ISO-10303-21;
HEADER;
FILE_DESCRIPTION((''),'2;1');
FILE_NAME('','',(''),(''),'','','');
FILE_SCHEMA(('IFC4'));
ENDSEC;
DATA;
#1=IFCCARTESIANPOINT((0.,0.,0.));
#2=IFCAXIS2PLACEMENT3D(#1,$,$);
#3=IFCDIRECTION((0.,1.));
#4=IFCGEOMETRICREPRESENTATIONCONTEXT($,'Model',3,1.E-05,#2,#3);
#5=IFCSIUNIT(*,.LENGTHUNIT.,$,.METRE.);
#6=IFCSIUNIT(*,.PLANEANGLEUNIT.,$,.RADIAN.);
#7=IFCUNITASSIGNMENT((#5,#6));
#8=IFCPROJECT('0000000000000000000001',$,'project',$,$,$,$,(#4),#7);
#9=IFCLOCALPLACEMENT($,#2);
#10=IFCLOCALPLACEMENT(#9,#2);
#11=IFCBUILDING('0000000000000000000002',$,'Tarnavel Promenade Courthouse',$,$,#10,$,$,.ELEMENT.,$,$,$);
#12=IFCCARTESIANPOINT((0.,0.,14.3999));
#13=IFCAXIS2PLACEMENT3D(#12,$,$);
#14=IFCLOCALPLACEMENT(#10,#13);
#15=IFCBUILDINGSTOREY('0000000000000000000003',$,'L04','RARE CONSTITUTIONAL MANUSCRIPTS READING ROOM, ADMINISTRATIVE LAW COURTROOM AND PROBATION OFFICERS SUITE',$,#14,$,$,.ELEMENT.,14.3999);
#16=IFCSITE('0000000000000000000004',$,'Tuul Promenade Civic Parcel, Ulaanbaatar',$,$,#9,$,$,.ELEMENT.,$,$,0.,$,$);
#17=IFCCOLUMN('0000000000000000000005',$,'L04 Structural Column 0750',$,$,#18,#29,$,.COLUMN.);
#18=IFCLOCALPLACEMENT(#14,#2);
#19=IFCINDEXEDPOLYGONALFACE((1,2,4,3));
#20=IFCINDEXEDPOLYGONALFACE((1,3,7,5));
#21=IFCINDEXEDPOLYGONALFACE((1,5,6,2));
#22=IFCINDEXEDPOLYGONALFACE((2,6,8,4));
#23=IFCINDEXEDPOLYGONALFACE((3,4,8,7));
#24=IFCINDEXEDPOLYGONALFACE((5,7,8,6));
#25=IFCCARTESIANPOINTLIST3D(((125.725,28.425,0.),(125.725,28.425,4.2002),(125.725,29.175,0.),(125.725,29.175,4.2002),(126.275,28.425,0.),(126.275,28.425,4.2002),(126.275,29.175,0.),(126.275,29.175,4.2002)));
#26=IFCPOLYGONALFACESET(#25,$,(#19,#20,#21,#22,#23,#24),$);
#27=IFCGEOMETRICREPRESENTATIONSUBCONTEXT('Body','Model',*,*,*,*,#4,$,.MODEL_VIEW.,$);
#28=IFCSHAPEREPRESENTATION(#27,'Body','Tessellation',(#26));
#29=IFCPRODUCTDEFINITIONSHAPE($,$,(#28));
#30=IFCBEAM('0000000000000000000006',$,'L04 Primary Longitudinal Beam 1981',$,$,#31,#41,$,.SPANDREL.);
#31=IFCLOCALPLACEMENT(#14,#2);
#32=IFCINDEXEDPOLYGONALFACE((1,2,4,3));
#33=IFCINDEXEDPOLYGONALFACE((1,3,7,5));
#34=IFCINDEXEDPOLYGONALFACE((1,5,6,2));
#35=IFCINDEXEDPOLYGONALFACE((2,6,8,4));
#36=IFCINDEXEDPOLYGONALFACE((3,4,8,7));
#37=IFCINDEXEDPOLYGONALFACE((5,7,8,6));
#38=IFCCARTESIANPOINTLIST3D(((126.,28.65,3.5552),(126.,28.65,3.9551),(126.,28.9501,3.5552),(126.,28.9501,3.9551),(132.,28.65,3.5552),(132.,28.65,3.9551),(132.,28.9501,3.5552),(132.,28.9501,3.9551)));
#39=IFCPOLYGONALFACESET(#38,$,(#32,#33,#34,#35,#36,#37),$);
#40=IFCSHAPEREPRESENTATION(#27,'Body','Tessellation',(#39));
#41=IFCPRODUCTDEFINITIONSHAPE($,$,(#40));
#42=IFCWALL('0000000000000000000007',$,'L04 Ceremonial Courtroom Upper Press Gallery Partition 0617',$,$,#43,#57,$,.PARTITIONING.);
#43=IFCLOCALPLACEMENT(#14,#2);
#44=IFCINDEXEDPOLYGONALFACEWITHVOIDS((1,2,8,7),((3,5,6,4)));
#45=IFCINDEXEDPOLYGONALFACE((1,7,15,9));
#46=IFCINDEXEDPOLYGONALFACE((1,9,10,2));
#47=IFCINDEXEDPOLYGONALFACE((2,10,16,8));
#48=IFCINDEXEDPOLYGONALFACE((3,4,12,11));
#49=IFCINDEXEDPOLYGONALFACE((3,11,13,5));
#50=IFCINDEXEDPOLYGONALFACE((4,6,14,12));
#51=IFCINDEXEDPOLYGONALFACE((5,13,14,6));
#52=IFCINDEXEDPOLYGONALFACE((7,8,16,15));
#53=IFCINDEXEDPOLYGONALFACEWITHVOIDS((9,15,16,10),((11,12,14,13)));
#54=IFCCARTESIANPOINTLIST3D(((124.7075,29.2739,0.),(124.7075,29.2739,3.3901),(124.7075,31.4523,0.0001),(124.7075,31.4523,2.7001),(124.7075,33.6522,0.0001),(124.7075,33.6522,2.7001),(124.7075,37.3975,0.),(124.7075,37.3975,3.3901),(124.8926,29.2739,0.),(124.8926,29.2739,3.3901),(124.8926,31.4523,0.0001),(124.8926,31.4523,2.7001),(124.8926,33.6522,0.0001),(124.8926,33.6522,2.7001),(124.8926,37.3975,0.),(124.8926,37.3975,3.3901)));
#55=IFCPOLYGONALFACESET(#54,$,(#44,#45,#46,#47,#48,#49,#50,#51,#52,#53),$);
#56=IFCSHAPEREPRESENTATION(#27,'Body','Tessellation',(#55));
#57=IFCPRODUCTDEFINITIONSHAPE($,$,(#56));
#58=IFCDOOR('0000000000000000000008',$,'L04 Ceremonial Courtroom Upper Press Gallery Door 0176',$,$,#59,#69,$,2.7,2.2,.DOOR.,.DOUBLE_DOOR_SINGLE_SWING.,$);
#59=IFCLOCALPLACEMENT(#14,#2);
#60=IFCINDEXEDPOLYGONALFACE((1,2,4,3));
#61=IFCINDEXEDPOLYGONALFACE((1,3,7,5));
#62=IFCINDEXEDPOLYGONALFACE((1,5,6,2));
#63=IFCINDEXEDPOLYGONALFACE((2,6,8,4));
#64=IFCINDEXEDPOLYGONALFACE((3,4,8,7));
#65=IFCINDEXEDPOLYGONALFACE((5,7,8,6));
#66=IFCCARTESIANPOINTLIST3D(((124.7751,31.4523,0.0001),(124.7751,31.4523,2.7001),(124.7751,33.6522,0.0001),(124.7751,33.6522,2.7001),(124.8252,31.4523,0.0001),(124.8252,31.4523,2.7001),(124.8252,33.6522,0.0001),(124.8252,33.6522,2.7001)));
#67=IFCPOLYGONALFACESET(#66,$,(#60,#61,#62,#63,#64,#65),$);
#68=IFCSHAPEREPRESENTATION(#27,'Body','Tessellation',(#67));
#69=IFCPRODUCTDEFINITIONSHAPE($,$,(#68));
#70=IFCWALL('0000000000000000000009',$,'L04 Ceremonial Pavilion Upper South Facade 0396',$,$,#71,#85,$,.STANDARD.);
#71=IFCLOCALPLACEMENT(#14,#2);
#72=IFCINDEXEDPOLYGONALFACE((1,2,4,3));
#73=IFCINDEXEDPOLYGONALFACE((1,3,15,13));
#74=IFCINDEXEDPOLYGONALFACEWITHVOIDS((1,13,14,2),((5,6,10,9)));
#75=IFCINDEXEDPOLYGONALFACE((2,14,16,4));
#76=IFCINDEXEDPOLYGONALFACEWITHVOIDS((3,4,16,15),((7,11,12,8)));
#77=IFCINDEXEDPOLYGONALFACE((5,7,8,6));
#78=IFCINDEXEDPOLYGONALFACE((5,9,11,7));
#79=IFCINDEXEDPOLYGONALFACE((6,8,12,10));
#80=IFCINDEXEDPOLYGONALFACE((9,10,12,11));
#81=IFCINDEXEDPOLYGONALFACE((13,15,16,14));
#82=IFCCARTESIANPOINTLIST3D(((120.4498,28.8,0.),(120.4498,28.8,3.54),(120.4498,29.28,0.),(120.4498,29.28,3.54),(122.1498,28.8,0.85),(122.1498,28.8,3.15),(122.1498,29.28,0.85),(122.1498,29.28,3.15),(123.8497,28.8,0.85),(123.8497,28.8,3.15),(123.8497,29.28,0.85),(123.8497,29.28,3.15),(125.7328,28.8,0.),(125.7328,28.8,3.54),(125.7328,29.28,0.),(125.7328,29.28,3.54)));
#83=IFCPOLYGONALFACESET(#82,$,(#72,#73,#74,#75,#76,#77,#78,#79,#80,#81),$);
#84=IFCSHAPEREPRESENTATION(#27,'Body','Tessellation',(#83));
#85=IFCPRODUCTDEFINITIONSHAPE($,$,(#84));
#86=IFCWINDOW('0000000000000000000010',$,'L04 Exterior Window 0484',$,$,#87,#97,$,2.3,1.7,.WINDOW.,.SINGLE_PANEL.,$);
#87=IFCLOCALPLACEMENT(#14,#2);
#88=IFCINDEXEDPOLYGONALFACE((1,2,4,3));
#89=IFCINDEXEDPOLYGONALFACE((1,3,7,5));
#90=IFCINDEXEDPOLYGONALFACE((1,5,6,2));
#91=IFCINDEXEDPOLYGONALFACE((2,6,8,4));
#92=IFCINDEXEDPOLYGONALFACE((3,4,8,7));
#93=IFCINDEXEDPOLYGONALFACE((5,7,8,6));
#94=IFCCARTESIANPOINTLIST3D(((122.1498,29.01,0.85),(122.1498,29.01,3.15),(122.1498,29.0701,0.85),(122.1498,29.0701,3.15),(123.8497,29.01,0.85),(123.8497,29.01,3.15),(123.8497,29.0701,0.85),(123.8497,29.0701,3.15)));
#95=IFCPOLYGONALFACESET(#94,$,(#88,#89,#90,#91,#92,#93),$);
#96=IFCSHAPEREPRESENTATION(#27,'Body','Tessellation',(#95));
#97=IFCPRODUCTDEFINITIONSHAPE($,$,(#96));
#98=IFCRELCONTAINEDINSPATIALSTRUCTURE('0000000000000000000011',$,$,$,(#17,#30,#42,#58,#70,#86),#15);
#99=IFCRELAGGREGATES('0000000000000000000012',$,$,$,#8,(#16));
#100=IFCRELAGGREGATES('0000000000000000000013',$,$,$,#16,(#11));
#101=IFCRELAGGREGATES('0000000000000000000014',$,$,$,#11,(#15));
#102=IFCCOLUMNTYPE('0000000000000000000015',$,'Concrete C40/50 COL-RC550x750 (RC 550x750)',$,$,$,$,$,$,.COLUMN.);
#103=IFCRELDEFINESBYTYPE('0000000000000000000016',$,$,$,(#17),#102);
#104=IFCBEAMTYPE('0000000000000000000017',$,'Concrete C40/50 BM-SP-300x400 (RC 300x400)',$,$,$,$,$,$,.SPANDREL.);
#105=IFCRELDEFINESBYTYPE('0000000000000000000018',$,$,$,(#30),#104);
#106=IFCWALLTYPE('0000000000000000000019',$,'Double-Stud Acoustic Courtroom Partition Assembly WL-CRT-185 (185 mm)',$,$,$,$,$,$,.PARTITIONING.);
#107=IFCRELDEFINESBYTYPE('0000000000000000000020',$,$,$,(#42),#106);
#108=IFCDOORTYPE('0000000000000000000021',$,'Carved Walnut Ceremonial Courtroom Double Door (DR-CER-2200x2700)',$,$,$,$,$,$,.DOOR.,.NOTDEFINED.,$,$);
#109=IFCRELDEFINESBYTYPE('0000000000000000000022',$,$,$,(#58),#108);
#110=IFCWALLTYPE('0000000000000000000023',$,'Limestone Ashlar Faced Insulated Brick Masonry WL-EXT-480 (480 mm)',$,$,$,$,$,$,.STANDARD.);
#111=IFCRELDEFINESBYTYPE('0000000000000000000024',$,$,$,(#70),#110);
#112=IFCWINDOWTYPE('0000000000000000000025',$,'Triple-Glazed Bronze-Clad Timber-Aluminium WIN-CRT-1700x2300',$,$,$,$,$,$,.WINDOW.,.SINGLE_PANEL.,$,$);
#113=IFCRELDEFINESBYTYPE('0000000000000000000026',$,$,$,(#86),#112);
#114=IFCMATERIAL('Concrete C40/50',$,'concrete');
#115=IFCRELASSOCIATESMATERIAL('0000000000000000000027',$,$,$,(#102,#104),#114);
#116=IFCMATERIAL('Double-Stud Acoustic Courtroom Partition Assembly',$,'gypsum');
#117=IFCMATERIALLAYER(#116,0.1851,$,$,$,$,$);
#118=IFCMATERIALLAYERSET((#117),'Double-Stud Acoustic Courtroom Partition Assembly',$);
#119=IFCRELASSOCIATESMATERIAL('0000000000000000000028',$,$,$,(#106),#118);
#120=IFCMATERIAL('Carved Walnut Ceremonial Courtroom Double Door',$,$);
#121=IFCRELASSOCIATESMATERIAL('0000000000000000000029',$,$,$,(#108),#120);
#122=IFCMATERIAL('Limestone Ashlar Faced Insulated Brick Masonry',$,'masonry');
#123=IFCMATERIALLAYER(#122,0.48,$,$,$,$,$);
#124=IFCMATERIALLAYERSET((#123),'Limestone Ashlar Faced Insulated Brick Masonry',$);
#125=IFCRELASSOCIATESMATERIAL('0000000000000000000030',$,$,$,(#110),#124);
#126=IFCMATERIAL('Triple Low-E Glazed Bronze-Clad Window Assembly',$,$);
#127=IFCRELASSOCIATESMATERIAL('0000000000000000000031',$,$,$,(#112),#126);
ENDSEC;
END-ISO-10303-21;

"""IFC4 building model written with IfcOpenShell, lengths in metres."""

from ifc_helpers import new_model, si_unit, direction, frame, frame_2d, origin, origin_2d, place, context, subcontext, project, spatial, rectangle, extrude, material, layer, layer_set, material_profile, profile_set, type_object, element, fill, save


model = new_model("IFC4")

# Units and contexts
model_context = context("Model", 3, precision=1e-05, world=origin(), true_north=direction((0.0, 1.0)))
body_context = subcontext(model_context, "Body", "Model", "MODEL_VIEW")
ifc_project = project(units=[si_unit("LENGTHUNIT", "METRE"), si_unit("PLANEANGLEUNIT", "RADIAN")], contexts=[model_context])

# Site, building, storey
site_placement = place(None, origin())
site = spatial("IfcSite", under=ifc_project, at=site_placement, Name="Tuul Promenade Civic Parcel, Ulaanbaatar", CompositionType="ELEMENT", RefElevation=0.0)
building_placement = place(site_placement, origin())
building = spatial("IfcBuilding", under=site, at=building_placement, Name="Tarnavel Promenade Courthouse", CompositionType="ELEMENT")
storey_placement = place(building_placement, frame((0.0, 0.0, 14.3999)))
storey = spatial("IfcBuildingStorey", under=building, at=storey_placement, Name="L04", Description="RARE CONSTITUTIONAL MANUSCRIPTS READING ROOM, ADMINISTRATIVE LAW COURTROOM AND PROBATION OFFICERS SUITE", CompositionType="ELEMENT", Elevation=14.3999)

# Column
ifc_material_1 = material(Name="Concrete C40/50", Category="concrete")
ifc_material_profile_1 = material_profile(ifc_material_1, rectangle(XDim=0.55, YDim=0.75, at=origin_2d()), Name="RC 550x750")
ifc_profile_set_1 = profile_set([ifc_material_profile_1], Name="Concrete C40/50")
column_type = type_object("IfcColumnType", Name="Concrete C40/50 COL-RC550x750 (RC 550x750)", PredefinedType="COLUMN", material=ifc_profile_set_1)
column_placement = place(storey_placement, frame((126.0, 28.8, 0.0), z_axis=(0.0, 0.0, 1.0), x_axis=(1.0, 0.0, 0.0)))
element("IfcColumn", 1, at=column_placement, inside=storey, type_object=column_type, Name="L04 Structural Column 0750", PredefinedType="COLUMN", context=body_context, shape_type="SweptSolid", body=[
    extrude(rectangle(XDim=0.55, YDim=0.75, at=origin_2d()), origin(), (0.0, 0.0, 1.0), 4.2002),
])

# Beam
ifc_material_profile_2 = material_profile(ifc_material_1, rectangle(XDim=0.3, YDim=0.3999, at=origin_2d()), Name="RC 300x400")
ifc_profile_set_2 = profile_set([ifc_material_profile_2], Name="Concrete C40/50")
beam_type = type_object("IfcBeamType", Name="Concrete C40/50 BM-SP-300x400 (RC 300x400)", PredefinedType="SPANDREL", material=ifc_profile_set_2)
beam_placement = place(storey_placement, frame((126.0, 28.8, 3.7551), z_axis=(1.0, 0.0, 0.0), x_axis=(0.0, 1.0, 0.0)))
element("IfcBeam", 2, at=beam_placement, inside=storey, type_object=beam_type, Name="L04 Primary Longitudinal Beam 1981", PredefinedType="SPANDREL", context=body_context, shape_type="SweptSolid", body=[
    extrude(rectangle(XDim=0.3, YDim=0.3999, at=origin_2d()), origin(), (0.0, 0.0, 1.0), 6.0),
])

# Wall, opening, door
ifc_material_2 = material(Name="Double-Stud Acoustic Courtroom Partition Assembly", Category="gypsum")
ifc_layer_1 = layer(ifc_material_2, 0.1851)
ifc_layer_set_1 = layer_set([ifc_layer_1], Name="Double-Stud Acoustic Courtroom Partition Assembly")
wall_type_1 = type_object("IfcWallType", Name="Double-Stud Acoustic Courtroom Partition Assembly WL-CRT-185 (185 mm)", PredefinedType="PARTITIONING", material=ifc_layer_set_1)
wall_1_placement = place(storey_placement, frame((124.8, 29.2739, 0.0), z_axis=(0.0, 0.0, 1.0), x_axis=(0.0, 1.0, 0.0)))
wall_1 = element("IfcWall", 3, at=wall_1_placement, inside=storey, type_object=wall_type_1, Name="L04 Ceremonial Courtroom Upper Press Gallery Partition 0617", PredefinedType="PARTITIONING", context=body_context, shape_type="SweptSolid", body=[
    extrude(rectangle(XDim=8.1235, YDim=0.1851, at=frame_2d((4.0618, 0.0))), origin(), (0.0, 0.0, 1.0), 3.3901),
])
opening_1_placement = place(wall_1_placement, frame((2.1782, 0.0, 0.0)))
opening_1 = element("IfcOpeningElement", 4, at=opening_1_placement, cuts=wall_1, PredefinedType="OPENING", context=body_context, shape_type="SweptSolid", body=[
    extrude(rectangle(XDim=2.2, YDim=2.7, at=frame_2d((1.1001, 1.3501))), frame((0.0, 0.1025, 0.0), z_axis=(0.0, -1.0, 0.0), x_axis=(1.0, 0.0, 0.0)), (0.0, 0.0, 1.0), 0.2051),
])
ifc_material_3 = material(Name="Carved Walnut Ceremonial Courtroom Double Door")
door_type = type_object("IfcDoorType", Name="Carved Walnut Ceremonial Courtroom Double Door (DR-CER-2200x2700)", OperationType="NOTDEFINED", PredefinedType="DOOR", material=ifc_material_3)
door_placement = place(opening_1_placement, origin())
door = element("IfcDoor", 5, at=door_placement, inside=storey, type_object=door_type, Name="L04 Ceremonial Courtroom Upper Press Gallery Door 0176", OperationType="DOUBLE_DOOR_SINGLE_SWING", OverallHeight=2.7, OverallWidth=2.2, PredefinedType="DOOR", context=body_context, shape_type="SweptSolid", body=[
    extrude(rectangle(XDim=2.2, YDim=2.7, at=frame_2d((1.1001, 1.3501))), frame((0.0, 0.0249, 0.0), z_axis=(0.0, -1.0, 0.0), x_axis=(1.0, 0.0, 0.0)), (0.0, 0.0, 1.0), 0.05),
])
fill(opening_1, door)

# Shared definitions
ifc_material_4 = material(Name="Limestone Ashlar Faced Insulated Brick Masonry", Category="masonry")
ifc_material_5 = material(Name="Triple Low-E Glazed Bronze-Clad Window Assembly")

# Wall, opening, window
ifc_layer_2 = layer(ifc_material_4, 0.48)
ifc_layer_set_2 = layer_set([ifc_layer_2], Name="Limestone Ashlar Faced Insulated Brick Masonry")
wall_type_2 = type_object("IfcWallType", Name="Limestone Ashlar Faced Insulated Brick Masonry WL-EXT-480 (480 mm)", PredefinedType="STANDARD", material=ifc_layer_set_2)
wall_2_placement = place(storey_placement, frame((125.7329, 29.04, 0.0), z_axis=(0.0, 0.0, 1.0), x_axis=(-1.0, 0.0, 0.0)))
wall_2 = element("IfcWall", 6, at=wall_2_placement, inside=storey, type_object=wall_type_2, Name="L04 Ceremonial Pavilion Upper South Facade 0396", PredefinedType="STANDARD", context=body_context, shape_type="SweptSolid", body=[
    extrude(rectangle(XDim=5.283, YDim=0.48, at=frame_2d((2.6416, 0.0))), origin(), (0.0, 0.0, 1.0), 3.54),
])
opening_2_placement = place(wall_2_placement, frame((1.8831, 0.0, 0.8501)))
opening_2 = element("IfcOpeningElement", 7, at=opening_2_placement, cuts=wall_2, PredefinedType="OPENING", context=body_context, shape_type="SweptSolid", body=[
    extrude(rectangle(XDim=1.7, YDim=2.3, at=frame_2d((0.8501, 1.1499))), frame((0.0, 0.25, 0.0), z_axis=(0.0, -1.0, 0.0), x_axis=(1.0, 0.0, 0.0)), (0.0, 0.0, 1.0), 0.5),
])
window_type_1 = type_object("IfcWindowType", Name="Triple-Glazed Bronze-Clad Timber-Aluminium WIN-CRT-1700x2300", PartitioningType="SINGLE_PANEL", PredefinedType="WINDOW", material=ifc_material_5)
window_1_placement = place(opening_2_placement, origin())
window_1 = element("IfcWindow", 8, at=window_1_placement, inside=storey, type_object=window_type_1, Name="L04 Exterior Window 0484", OverallHeight=2.3, OverallWidth=1.7, PartitioningType="SINGLE_PANEL", PredefinedType="WINDOW", context=body_context, shape_type="SweptSolid", body=[
    extrude(rectangle(XDim=1.7, YDim=2.3, at=frame_2d((0.8501, 1.1499))), frame((0.0, 0.03, 0.0), z_axis=(0.0, -1.0, 0.0), x_axis=(1.0, 0.0, 0.0)), (0.0, 0.0, 1.0), 0.0601),
])
fill(opening_2, window_1)

save(model, "model.ifc")
